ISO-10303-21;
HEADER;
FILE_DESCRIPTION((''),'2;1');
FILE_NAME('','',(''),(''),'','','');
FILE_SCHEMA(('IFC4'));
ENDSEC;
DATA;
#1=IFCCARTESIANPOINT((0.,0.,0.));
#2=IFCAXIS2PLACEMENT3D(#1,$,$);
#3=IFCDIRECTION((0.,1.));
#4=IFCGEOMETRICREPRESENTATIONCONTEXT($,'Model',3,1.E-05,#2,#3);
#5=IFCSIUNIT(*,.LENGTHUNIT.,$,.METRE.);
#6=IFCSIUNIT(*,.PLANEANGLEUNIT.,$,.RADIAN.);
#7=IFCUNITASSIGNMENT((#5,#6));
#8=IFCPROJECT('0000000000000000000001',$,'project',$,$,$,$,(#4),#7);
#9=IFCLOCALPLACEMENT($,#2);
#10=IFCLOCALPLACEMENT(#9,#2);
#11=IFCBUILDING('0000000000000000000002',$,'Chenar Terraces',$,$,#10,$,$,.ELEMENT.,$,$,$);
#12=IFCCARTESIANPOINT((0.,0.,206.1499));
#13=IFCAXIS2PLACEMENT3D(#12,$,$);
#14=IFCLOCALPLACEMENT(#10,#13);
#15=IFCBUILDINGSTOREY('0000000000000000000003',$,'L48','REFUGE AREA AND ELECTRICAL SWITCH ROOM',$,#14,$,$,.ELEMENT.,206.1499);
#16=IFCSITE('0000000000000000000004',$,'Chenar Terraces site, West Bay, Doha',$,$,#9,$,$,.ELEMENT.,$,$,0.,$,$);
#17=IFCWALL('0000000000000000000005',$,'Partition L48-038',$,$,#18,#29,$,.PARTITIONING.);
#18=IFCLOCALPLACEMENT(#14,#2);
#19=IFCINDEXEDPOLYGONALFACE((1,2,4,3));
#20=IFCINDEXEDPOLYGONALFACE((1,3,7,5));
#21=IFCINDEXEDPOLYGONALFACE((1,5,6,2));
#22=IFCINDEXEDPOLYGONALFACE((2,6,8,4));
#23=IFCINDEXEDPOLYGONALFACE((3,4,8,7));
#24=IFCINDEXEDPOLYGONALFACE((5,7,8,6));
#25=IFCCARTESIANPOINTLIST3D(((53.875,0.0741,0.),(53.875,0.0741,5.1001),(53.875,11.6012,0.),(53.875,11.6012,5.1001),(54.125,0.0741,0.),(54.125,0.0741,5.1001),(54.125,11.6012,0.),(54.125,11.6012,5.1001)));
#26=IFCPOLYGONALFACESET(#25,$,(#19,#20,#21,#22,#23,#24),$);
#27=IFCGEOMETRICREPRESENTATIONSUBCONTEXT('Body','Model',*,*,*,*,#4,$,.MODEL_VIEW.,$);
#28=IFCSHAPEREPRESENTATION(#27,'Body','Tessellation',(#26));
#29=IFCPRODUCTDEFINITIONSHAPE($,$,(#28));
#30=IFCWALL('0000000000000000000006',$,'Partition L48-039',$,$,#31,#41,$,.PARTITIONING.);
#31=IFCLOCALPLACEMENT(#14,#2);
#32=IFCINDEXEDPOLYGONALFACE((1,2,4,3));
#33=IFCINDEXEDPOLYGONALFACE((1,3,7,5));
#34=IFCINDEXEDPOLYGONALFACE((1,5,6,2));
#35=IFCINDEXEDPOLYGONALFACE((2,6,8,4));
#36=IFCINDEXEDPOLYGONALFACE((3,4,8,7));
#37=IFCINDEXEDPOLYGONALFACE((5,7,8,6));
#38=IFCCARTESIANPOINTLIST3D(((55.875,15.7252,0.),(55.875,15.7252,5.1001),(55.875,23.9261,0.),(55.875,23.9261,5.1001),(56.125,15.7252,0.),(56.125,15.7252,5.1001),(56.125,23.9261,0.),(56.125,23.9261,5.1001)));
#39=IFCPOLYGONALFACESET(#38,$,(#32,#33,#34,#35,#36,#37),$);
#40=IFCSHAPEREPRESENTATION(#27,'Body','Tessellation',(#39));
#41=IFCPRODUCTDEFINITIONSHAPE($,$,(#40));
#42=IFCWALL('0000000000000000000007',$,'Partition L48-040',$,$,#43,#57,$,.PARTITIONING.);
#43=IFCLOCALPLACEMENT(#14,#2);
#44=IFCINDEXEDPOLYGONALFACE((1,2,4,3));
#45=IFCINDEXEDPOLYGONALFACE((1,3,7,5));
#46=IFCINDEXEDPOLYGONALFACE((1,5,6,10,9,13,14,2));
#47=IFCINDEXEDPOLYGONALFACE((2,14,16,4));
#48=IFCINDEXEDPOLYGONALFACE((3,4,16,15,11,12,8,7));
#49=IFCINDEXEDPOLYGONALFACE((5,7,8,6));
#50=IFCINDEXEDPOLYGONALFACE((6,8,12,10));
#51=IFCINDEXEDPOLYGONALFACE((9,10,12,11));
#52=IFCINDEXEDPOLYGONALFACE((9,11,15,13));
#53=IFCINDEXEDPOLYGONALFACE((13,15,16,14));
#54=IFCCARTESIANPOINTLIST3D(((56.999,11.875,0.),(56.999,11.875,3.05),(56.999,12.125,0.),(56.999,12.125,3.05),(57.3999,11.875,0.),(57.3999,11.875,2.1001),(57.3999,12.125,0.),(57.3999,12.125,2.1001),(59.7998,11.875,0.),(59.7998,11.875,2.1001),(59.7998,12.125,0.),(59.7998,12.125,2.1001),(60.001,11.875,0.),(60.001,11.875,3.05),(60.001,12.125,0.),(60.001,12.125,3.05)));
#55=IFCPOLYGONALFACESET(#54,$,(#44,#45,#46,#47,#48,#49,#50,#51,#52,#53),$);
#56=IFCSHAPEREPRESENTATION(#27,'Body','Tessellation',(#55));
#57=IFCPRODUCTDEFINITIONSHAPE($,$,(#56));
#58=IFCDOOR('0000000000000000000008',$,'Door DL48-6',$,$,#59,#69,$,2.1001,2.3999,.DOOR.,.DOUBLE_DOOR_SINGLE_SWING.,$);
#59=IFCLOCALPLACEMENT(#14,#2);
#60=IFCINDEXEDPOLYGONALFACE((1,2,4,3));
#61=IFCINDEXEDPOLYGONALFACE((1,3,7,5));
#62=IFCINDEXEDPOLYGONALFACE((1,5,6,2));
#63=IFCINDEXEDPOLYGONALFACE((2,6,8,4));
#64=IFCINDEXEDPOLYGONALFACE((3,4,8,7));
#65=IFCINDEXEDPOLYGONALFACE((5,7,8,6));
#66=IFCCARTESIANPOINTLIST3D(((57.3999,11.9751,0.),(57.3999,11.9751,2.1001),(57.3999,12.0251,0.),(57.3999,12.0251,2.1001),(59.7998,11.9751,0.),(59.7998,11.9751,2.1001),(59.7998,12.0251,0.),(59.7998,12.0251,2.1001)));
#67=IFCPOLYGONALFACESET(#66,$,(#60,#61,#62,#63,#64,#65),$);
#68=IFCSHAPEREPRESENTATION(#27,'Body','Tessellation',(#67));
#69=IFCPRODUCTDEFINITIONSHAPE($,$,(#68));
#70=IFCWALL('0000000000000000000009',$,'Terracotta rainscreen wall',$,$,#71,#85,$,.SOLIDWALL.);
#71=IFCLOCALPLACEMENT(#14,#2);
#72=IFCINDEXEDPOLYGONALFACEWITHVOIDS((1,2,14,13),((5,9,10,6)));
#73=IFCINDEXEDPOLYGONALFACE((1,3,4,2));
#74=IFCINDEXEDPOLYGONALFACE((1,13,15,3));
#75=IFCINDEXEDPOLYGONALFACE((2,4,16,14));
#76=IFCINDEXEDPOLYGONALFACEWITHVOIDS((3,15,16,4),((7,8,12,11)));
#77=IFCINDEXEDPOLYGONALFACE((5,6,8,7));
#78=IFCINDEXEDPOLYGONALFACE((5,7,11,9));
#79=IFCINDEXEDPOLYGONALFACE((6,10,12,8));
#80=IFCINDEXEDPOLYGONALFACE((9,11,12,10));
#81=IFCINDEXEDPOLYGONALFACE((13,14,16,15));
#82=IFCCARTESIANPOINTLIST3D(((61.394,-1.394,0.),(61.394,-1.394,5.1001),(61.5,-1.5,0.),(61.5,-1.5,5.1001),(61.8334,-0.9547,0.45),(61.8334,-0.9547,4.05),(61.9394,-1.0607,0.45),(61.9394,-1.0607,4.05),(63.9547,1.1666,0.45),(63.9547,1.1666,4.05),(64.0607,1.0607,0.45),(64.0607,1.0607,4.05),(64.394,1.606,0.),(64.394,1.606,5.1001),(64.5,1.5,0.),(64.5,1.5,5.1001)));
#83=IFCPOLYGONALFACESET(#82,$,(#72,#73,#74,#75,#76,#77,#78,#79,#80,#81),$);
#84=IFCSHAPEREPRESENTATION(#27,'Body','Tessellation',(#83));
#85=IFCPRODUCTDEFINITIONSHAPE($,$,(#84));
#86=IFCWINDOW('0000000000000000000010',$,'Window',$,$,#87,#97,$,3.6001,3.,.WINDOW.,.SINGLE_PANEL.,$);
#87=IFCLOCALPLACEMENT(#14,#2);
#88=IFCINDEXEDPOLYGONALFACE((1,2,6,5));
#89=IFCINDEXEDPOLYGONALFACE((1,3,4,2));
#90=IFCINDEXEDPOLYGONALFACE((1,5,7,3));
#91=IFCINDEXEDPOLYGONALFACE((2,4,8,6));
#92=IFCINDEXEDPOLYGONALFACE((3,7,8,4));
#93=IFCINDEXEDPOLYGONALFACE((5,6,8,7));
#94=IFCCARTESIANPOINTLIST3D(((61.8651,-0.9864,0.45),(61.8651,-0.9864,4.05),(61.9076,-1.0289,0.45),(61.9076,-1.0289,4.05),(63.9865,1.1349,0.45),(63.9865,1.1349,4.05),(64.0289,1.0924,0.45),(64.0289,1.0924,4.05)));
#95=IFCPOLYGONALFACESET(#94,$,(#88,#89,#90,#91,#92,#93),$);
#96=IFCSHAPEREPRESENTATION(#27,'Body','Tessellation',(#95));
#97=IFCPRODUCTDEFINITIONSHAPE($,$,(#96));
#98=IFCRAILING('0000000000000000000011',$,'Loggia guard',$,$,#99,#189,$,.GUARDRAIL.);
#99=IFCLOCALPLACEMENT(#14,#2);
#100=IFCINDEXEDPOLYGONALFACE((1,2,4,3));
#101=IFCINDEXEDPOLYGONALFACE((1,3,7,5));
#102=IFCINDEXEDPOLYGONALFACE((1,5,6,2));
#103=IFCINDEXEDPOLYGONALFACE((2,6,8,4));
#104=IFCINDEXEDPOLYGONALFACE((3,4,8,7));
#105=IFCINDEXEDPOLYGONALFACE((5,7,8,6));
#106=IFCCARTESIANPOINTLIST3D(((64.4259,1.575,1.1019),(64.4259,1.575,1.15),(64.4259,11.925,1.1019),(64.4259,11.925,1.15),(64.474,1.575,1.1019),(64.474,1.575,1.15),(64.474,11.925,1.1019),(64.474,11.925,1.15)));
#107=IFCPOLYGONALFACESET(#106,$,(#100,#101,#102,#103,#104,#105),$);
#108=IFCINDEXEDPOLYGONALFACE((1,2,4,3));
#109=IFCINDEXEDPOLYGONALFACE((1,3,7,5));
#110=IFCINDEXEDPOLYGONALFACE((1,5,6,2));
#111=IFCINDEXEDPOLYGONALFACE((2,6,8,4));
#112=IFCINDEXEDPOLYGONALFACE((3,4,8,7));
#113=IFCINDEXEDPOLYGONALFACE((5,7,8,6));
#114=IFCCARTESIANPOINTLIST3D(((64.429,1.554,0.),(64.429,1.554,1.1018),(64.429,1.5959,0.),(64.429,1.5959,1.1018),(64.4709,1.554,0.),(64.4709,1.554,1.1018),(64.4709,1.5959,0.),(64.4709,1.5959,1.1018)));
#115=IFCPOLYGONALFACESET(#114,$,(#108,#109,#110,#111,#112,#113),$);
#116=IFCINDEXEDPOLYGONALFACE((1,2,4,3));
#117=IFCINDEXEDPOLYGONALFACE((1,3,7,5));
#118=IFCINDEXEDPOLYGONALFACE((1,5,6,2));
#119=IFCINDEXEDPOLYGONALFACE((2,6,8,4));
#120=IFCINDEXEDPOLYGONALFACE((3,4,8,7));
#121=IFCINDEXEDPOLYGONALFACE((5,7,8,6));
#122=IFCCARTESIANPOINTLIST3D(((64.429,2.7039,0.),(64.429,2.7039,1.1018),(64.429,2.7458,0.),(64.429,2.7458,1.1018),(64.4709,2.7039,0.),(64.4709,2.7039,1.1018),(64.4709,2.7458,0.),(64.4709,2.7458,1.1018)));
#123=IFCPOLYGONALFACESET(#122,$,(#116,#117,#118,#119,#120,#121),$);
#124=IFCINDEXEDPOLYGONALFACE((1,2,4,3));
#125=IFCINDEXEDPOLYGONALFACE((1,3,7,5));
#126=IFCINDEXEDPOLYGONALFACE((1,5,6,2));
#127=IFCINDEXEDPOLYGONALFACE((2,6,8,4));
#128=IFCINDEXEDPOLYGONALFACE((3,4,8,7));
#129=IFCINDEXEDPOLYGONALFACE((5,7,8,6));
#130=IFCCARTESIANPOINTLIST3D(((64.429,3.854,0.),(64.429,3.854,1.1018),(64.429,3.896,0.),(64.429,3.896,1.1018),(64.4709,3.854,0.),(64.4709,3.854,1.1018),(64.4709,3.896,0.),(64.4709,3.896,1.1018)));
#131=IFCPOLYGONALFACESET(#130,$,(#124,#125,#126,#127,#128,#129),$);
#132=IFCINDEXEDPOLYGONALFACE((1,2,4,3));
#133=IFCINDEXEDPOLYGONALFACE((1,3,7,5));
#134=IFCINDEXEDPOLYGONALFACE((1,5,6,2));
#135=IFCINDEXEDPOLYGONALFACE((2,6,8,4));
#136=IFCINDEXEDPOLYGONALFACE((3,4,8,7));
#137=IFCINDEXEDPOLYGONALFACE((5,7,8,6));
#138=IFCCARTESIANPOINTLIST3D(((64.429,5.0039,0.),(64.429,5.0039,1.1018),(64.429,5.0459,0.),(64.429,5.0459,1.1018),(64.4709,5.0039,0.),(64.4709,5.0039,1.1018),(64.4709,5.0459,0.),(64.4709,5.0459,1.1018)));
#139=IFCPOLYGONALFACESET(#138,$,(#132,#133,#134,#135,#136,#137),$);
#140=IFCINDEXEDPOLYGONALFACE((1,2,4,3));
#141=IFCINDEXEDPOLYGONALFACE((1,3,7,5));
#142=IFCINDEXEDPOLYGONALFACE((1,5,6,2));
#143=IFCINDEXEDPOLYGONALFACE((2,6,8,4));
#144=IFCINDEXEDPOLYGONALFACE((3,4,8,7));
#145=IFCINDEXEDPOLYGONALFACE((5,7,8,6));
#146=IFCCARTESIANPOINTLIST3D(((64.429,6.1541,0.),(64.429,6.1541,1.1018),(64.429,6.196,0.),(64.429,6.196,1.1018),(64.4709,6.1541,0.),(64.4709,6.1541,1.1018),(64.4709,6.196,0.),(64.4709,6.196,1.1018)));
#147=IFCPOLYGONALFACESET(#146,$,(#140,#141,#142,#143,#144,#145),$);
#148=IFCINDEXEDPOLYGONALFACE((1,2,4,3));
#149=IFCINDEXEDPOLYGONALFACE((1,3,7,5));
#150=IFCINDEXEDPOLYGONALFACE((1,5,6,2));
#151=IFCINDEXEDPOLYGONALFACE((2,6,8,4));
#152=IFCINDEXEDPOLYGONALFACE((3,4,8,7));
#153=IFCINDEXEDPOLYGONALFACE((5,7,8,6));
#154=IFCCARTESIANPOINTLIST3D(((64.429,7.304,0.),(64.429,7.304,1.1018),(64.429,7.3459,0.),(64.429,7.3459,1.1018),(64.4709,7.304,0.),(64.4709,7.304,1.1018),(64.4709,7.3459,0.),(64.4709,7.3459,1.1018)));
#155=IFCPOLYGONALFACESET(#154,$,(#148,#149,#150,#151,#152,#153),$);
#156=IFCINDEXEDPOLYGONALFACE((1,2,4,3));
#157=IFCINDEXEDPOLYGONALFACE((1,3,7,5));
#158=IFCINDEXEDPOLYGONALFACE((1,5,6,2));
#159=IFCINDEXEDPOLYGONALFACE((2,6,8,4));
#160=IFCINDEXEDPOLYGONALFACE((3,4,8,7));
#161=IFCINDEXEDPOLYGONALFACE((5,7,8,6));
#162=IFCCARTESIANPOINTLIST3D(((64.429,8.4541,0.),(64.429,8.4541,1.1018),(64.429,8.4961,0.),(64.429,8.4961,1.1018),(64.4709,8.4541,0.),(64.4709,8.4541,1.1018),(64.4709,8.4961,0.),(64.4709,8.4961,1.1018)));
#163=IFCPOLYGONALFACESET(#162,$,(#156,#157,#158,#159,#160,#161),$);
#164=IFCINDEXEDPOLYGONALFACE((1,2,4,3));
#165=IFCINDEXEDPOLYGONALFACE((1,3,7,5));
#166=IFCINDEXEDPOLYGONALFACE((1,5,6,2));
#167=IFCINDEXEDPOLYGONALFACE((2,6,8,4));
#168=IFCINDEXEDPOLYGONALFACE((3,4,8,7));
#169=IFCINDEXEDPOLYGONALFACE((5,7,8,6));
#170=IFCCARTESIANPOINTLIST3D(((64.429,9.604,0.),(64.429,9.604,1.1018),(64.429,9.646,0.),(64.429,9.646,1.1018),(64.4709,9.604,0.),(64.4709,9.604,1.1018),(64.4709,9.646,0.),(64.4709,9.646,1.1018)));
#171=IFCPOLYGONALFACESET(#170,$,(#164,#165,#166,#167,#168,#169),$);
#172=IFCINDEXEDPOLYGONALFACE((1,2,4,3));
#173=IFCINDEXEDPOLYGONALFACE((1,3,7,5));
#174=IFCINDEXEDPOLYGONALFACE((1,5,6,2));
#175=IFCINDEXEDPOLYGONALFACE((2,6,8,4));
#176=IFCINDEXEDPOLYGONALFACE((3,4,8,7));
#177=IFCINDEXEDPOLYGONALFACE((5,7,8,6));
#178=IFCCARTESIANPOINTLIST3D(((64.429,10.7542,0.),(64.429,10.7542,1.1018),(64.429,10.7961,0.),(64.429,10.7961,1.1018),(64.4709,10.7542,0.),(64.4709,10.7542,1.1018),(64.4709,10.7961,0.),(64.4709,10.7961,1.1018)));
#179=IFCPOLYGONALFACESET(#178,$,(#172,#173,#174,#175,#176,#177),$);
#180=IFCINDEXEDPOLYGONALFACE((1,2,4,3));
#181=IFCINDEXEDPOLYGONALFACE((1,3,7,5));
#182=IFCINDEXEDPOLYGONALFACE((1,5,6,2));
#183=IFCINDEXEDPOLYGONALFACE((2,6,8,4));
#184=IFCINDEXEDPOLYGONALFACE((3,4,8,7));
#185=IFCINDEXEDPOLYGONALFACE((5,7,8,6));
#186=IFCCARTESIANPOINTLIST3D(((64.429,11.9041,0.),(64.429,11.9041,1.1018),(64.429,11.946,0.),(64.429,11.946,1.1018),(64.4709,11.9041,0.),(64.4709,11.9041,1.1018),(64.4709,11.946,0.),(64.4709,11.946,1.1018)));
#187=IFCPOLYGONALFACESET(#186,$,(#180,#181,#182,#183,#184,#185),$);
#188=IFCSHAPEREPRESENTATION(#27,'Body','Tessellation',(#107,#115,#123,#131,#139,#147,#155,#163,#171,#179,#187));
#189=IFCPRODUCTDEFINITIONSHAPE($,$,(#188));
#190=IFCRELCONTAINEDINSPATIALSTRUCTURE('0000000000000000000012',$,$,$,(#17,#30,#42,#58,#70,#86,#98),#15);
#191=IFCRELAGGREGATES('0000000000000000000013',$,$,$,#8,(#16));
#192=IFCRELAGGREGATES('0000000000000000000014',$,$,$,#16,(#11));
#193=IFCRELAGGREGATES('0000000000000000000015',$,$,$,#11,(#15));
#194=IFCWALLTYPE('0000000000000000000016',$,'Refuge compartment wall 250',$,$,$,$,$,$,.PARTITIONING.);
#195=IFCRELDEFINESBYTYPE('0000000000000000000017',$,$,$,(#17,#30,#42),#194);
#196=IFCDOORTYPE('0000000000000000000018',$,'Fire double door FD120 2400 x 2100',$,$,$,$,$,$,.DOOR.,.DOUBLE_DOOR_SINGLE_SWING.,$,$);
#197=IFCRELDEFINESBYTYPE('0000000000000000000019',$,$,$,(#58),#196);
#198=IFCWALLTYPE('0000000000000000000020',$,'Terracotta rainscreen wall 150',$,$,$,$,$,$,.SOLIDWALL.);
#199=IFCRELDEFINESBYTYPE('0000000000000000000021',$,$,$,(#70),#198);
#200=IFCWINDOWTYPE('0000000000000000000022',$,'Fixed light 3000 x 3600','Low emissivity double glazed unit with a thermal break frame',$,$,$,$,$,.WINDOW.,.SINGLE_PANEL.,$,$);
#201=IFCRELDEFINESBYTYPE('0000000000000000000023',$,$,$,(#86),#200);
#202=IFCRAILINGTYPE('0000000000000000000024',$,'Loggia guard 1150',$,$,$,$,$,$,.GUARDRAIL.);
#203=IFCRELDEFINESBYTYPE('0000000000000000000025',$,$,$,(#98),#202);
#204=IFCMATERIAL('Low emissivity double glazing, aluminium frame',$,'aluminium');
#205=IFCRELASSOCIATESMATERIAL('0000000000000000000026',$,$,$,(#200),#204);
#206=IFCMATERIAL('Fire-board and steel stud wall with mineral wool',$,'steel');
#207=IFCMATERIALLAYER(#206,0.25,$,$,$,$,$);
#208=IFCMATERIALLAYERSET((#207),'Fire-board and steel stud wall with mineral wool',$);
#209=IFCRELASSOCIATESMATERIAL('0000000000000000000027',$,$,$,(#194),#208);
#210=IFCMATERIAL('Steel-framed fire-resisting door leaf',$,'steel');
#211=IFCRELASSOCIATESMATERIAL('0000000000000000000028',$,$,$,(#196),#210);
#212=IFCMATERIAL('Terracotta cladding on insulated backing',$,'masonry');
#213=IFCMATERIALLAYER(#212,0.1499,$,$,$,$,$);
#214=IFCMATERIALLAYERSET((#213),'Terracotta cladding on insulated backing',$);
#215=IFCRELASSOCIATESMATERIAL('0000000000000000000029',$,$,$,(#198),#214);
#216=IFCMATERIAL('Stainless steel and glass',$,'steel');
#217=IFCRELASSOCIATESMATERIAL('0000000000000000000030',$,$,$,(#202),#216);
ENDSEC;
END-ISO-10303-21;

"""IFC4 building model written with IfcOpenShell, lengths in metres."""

from ifc_helpers import new_model, si_unit, direction, frame, frame_2d, origin, origin_2d, place, context, subcontext, project, spatial, rectangle, extrude, material, layer, layer_set, type_object, element, fill, save


model = new_model("IFC4")

# Units and contexts
model_context = context("Model", 3, precision=1e-05, world=origin(), true_north=direction((0.0, 1.0)))
body_context = subcontext(model_context, "Body", "Model", "MODEL_VIEW")
ifc_project = project(units=[si_unit("LENGTHUNIT", "METRE"), si_unit("PLANEANGLEUNIT", "RADIAN")], contexts=[model_context])

# Site, building, storey
site_placement = place(None, origin())
site = spatial("IfcSite", under=ifc_project, at=site_placement, Name="Chenar Terraces site, West Bay, Doha", CompositionType="ELEMENT", RefElevation=0.0)
building_placement = place(site_placement, origin())
building = spatial("IfcBuilding", under=site, at=building_placement, Name="Chenar Terraces", CompositionType="ELEMENT")
storey_placement = place(building_placement, frame((0.0, 0.0, 206.1499)))
storey = spatial("IfcBuildingStorey", under=building, at=storey_placement, Name="L48", Description="REFUGE AREA AND ELECTRICAL SWITCH ROOM", CompositionType="ELEMENT", Elevation=206.1499)

# Shared definitions
ifc_material_1 = material(Name="Low emissivity double glazing, aluminium frame", Category="aluminium")
window_type = type_object("IfcWindowType", Name="Fixed light 3000 x 3600", Description="Low emissivity double glazed unit with a thermal break frame", PartitioningType="SINGLE_PANEL", PredefinedType="WINDOW", material=ifc_material_1)

# Walls
ifc_material_2 = material(Name="Fire-board and steel stud wall with mineral wool", Category="steel")
ifc_layer_1 = layer(ifc_material_2, 0.25)
ifc_layer_set_1 = layer_set([ifc_layer_1], Name="Fire-board and steel stud wall with mineral wool")
wall_type_1 = type_object("IfcWallType", Name="Refuge compartment wall 250", PredefinedType="PARTITIONING", material=ifc_layer_set_1)
wall_1_placement = place(storey_placement, frame((54.0, 0.074, 0.0), z_axis=(0.0, 0.0, 1.0), x_axis=(0.0, 1.0, 0.0)))
element("IfcWall", 1, at=wall_1_placement, inside=storey, type_object=wall_type_1, Name="Partition L48-038", PredefinedType="PARTITIONING", context=body_context, shape_type="SweptSolid", body=[
    extrude(rectangle(XDim=11.5271, YDim=0.25, at=frame_2d((5.7637, 0.0))), origin(), (0.0, 0.0, 1.0), 5.1001),
])
wall_2_placement = place(storey_placement, frame((56.0, 15.7251, 0.0), z_axis=(0.0, 0.0, 1.0), x_axis=(0.0, 1.0, 0.0)))
element("IfcWall", 2, at=wall_2_placement, inside=storey, type_object=wall_type_1, Name="Partition L48-039", PredefinedType="PARTITIONING", context=body_context, shape_type="SweptSolid", body=[
    extrude(rectangle(XDim=8.2009, YDim=0.25, at=frame_2d((4.1006, 0.0))), origin(), (0.0, 0.0, 1.0), 5.1001),
])

# Wall, opening, door
wall_3_placement = place(storey_placement, frame((56.999, 12.0, 0.0), z_axis=(0.0, 0.0, 1.0), x_axis=(1.0, 0.0, 0.0)))
wall_3 = element("IfcWall", 3, at=wall_3_placement, inside=storey, type_object=wall_type_1, Name="Partition L48-040", PredefinedType="PARTITIONING", context=body_context, shape_type="SweptSolid", body=[
    extrude(rectangle(XDim=3.002, YDim=0.25, at=frame_2d((1.501, 0.0))), origin(), (0.0, 0.0, 1.0), 3.05),
])
opening_1_placement = place(wall_3_placement, frame((0.4009, 0.0, 0.0)))
opening_1 = element("IfcOpeningElement", 4, at=opening_1_placement, cuts=wall_3, PredefinedType="OPENING", context=body_context, shape_type="SweptSolid", body=[
    extrude(rectangle(XDim=2.3999, YDim=2.1001, at=frame_2d((1.2, 1.05))), frame((0.0, 0.135, 0.0), z_axis=(0.0, -1.0, 0.0), x_axis=(1.0, 0.0, 0.0)), (0.0, 0.0, 1.0), 0.27),
])
ifc_material_3 = material(Name="Steel-framed fire-resisting door leaf", Category="steel")
door_type = type_object("IfcDoorType", Name="Fire double door FD120 2400 x 2100", OperationType="DOUBLE_DOOR_SINGLE_SWING", PredefinedType="DOOR", material=ifc_material_3)
door_placement = place(opening_1_placement, frame((2.3999, 0.0, 0.0), z_axis=(0.0, 0.0, 1.0), x_axis=(-1.0, 0.0, 0.0)))
door = element("IfcDoor", 5, at=door_placement, inside=storey, type_object=door_type, Name="Door DL48-6", OperationType="DOUBLE_DOOR_SINGLE_SWING", OverallHeight=2.1001, OverallWidth=2.3999, PredefinedType="DOOR", context=body_context, shape_type="SweptSolid", body=[
    extrude(rectangle(XDim=2.3999, YDim=2.1001, at=frame_2d((1.2, 1.05))), frame((0.0, 0.0249, 0.0), z_axis=(0.0, -1.0, 0.0), x_axis=(1.0, 0.0, 0.0)), (0.0, 0.0, 1.0), 0.05),
])
fill(opening_1, door)

# Wall, opening, window
ifc_material_4 = material(Name="Terracotta cladding on insulated backing", Category="masonry")
ifc_layer_2 = layer(ifc_material_4, 0.1499)
ifc_layer_set_2 = layer_set([ifc_layer_2], Name="Terracotta cladding on insulated backing")
wall_type_2 = type_object("IfcWallType", Name="Terracotta rainscreen wall 150", PredefinedType="SOLIDWALL", material=ifc_layer_set_2)
wall_4_placement = place(storey_placement, frame((61.447, -1.447, 0.0), z_axis=(0.0, 0.0, 1.0), x_axis=(0.707107, 0.707107, 0.0)))
wall_4 = element("IfcWall", 6, at=wall_4_placement, inside=storey, type_object=wall_type_2, Name="Terracotta rainscreen wall", PredefinedType="SOLIDWALL", context=body_context, shape_type="SweptSolid", body=[
    extrude(rectangle(XDim=4.2427, YDim=0.1499, at=frame_2d((2.1213, 0.0))), origin(), (0.0, 0.0, 1.0), 5.1001),
])
opening_2_placement = place(wall_4_placement, frame((0.6213, 0.0, 0.45)))
opening_2 = element("IfcOpeningElement", 7, at=opening_2_placement, cuts=wall_4, PredefinedType="OPENING", context=body_context, shape_type="SweptSolid", body=[
    extrude(rectangle(XDim=3.0, YDim=3.6001, at=frame_2d((1.5, 1.8))), frame((0.0, 0.085, 0.0), z_axis=(0.0, -1.0, 0.0), x_axis=(1.0, 0.0, 0.0)), (0.0, 0.0, 1.0), 0.1699),
])
window_1_placement = place(opening_2_placement, origin())
window_1 = element("IfcWindow", 8, at=window_1_placement, inside=storey, type_object=window_type, Name="Window", OverallHeight=3.6001, OverallWidth=3.0, PartitioningType="SINGLE_PANEL", PredefinedType="WINDOW", context=body_context, shape_type="SweptSolid", body=[
    extrude(rectangle(XDim=3.0, YDim=3.6001, at=frame_2d((1.5, 1.8))), frame((0.0, 0.03, 0.0), z_axis=(0.0, -1.0, 0.0), x_axis=(1.0, 0.0, 0.0)), (0.0, 0.0, 1.0), 0.0601),
])
fill(opening_2, window_1)

# Railing
ifc_material_5 = material(Name="Stainless steel and glass", Category="steel")
railing_type = type_object("IfcRailingType", Name="Loggia guard 1150", PredefinedType="GUARDRAIL", material=ifc_material_5)
railing_placement = place(storey_placement, frame((64.45, 1.575, 0.0)))
element("IfcRailing", 9, at=railing_placement, inside=storey, type_object=railing_type, Name="Loggia guard", PredefinedType="GUARDRAIL", context=body_context, shape_type="SweptSolid", body=[
    extrude(rectangle(XDim=0.0481, YDim=0.0481, at=origin_2d()), frame((0.0, 0.0, 1.126), z_axis=(0.0, 1.0, 0.0), x_axis=(-1.0, 0.0, 0.0)), (0.0, 0.0, 1.0), 10.3501),
    extrude(rectangle(XDim=0.042, YDim=0.042, at=origin_2d()), origin(), (0.0, 0.0, 1.0), 1.1018),
    extrude(rectangle(XDim=0.042, YDim=0.042, at=origin_2d()), frame((0.0, 1.1499, 0.0)), (0.0, 0.0, 1.0), 1.1018),
    extrude(rectangle(XDim=0.042, YDim=0.042, at=origin_2d()), frame((0.0, 2.3, 0.0)), (0.0, 0.0, 1.0), 1.1018),
    extrude(rectangle(XDim=0.042, YDim=0.042, at=origin_2d()), frame((0.0, 3.45, 0.0)), (0.0, 0.0, 1.0), 1.1018),
    extrude(rectangle(XDim=0.042, YDim=0.042, at=origin_2d()), frame((0.0, 4.6001, 0.0)), (0.0, 0.0, 1.0), 1.1018),
    extrude(rectangle(XDim=0.042, YDim=0.042, at=origin_2d()), frame((0.0, 5.75, 0.0)), (0.0, 0.0, 1.0), 1.1018),
    extrude(rectangle(XDim=0.042, YDim=0.042, at=origin_2d()), frame((0.0, 6.9001, 0.0)), (0.0, 0.0, 1.0), 1.1018),
    extrude(rectangle(XDim=0.042, YDim=0.042, at=origin_2d()), frame((0.0, 8.05, 0.0)), (0.0, 0.0, 1.0), 1.1018),
    extrude(rectangle(XDim=0.042, YDim=0.042, at=origin_2d()), frame((0.0, 9.2002, 0.0)), (0.0, 0.0, 1.0), 1.1018),
    extrude(rectangle(XDim=0.042, YDim=0.042, at=origin_2d()), frame((0.0, 10.3501, 0.0)), (0.0, 0.0, 1.0), 1.1018),
])

save(model, "model.ifc")
